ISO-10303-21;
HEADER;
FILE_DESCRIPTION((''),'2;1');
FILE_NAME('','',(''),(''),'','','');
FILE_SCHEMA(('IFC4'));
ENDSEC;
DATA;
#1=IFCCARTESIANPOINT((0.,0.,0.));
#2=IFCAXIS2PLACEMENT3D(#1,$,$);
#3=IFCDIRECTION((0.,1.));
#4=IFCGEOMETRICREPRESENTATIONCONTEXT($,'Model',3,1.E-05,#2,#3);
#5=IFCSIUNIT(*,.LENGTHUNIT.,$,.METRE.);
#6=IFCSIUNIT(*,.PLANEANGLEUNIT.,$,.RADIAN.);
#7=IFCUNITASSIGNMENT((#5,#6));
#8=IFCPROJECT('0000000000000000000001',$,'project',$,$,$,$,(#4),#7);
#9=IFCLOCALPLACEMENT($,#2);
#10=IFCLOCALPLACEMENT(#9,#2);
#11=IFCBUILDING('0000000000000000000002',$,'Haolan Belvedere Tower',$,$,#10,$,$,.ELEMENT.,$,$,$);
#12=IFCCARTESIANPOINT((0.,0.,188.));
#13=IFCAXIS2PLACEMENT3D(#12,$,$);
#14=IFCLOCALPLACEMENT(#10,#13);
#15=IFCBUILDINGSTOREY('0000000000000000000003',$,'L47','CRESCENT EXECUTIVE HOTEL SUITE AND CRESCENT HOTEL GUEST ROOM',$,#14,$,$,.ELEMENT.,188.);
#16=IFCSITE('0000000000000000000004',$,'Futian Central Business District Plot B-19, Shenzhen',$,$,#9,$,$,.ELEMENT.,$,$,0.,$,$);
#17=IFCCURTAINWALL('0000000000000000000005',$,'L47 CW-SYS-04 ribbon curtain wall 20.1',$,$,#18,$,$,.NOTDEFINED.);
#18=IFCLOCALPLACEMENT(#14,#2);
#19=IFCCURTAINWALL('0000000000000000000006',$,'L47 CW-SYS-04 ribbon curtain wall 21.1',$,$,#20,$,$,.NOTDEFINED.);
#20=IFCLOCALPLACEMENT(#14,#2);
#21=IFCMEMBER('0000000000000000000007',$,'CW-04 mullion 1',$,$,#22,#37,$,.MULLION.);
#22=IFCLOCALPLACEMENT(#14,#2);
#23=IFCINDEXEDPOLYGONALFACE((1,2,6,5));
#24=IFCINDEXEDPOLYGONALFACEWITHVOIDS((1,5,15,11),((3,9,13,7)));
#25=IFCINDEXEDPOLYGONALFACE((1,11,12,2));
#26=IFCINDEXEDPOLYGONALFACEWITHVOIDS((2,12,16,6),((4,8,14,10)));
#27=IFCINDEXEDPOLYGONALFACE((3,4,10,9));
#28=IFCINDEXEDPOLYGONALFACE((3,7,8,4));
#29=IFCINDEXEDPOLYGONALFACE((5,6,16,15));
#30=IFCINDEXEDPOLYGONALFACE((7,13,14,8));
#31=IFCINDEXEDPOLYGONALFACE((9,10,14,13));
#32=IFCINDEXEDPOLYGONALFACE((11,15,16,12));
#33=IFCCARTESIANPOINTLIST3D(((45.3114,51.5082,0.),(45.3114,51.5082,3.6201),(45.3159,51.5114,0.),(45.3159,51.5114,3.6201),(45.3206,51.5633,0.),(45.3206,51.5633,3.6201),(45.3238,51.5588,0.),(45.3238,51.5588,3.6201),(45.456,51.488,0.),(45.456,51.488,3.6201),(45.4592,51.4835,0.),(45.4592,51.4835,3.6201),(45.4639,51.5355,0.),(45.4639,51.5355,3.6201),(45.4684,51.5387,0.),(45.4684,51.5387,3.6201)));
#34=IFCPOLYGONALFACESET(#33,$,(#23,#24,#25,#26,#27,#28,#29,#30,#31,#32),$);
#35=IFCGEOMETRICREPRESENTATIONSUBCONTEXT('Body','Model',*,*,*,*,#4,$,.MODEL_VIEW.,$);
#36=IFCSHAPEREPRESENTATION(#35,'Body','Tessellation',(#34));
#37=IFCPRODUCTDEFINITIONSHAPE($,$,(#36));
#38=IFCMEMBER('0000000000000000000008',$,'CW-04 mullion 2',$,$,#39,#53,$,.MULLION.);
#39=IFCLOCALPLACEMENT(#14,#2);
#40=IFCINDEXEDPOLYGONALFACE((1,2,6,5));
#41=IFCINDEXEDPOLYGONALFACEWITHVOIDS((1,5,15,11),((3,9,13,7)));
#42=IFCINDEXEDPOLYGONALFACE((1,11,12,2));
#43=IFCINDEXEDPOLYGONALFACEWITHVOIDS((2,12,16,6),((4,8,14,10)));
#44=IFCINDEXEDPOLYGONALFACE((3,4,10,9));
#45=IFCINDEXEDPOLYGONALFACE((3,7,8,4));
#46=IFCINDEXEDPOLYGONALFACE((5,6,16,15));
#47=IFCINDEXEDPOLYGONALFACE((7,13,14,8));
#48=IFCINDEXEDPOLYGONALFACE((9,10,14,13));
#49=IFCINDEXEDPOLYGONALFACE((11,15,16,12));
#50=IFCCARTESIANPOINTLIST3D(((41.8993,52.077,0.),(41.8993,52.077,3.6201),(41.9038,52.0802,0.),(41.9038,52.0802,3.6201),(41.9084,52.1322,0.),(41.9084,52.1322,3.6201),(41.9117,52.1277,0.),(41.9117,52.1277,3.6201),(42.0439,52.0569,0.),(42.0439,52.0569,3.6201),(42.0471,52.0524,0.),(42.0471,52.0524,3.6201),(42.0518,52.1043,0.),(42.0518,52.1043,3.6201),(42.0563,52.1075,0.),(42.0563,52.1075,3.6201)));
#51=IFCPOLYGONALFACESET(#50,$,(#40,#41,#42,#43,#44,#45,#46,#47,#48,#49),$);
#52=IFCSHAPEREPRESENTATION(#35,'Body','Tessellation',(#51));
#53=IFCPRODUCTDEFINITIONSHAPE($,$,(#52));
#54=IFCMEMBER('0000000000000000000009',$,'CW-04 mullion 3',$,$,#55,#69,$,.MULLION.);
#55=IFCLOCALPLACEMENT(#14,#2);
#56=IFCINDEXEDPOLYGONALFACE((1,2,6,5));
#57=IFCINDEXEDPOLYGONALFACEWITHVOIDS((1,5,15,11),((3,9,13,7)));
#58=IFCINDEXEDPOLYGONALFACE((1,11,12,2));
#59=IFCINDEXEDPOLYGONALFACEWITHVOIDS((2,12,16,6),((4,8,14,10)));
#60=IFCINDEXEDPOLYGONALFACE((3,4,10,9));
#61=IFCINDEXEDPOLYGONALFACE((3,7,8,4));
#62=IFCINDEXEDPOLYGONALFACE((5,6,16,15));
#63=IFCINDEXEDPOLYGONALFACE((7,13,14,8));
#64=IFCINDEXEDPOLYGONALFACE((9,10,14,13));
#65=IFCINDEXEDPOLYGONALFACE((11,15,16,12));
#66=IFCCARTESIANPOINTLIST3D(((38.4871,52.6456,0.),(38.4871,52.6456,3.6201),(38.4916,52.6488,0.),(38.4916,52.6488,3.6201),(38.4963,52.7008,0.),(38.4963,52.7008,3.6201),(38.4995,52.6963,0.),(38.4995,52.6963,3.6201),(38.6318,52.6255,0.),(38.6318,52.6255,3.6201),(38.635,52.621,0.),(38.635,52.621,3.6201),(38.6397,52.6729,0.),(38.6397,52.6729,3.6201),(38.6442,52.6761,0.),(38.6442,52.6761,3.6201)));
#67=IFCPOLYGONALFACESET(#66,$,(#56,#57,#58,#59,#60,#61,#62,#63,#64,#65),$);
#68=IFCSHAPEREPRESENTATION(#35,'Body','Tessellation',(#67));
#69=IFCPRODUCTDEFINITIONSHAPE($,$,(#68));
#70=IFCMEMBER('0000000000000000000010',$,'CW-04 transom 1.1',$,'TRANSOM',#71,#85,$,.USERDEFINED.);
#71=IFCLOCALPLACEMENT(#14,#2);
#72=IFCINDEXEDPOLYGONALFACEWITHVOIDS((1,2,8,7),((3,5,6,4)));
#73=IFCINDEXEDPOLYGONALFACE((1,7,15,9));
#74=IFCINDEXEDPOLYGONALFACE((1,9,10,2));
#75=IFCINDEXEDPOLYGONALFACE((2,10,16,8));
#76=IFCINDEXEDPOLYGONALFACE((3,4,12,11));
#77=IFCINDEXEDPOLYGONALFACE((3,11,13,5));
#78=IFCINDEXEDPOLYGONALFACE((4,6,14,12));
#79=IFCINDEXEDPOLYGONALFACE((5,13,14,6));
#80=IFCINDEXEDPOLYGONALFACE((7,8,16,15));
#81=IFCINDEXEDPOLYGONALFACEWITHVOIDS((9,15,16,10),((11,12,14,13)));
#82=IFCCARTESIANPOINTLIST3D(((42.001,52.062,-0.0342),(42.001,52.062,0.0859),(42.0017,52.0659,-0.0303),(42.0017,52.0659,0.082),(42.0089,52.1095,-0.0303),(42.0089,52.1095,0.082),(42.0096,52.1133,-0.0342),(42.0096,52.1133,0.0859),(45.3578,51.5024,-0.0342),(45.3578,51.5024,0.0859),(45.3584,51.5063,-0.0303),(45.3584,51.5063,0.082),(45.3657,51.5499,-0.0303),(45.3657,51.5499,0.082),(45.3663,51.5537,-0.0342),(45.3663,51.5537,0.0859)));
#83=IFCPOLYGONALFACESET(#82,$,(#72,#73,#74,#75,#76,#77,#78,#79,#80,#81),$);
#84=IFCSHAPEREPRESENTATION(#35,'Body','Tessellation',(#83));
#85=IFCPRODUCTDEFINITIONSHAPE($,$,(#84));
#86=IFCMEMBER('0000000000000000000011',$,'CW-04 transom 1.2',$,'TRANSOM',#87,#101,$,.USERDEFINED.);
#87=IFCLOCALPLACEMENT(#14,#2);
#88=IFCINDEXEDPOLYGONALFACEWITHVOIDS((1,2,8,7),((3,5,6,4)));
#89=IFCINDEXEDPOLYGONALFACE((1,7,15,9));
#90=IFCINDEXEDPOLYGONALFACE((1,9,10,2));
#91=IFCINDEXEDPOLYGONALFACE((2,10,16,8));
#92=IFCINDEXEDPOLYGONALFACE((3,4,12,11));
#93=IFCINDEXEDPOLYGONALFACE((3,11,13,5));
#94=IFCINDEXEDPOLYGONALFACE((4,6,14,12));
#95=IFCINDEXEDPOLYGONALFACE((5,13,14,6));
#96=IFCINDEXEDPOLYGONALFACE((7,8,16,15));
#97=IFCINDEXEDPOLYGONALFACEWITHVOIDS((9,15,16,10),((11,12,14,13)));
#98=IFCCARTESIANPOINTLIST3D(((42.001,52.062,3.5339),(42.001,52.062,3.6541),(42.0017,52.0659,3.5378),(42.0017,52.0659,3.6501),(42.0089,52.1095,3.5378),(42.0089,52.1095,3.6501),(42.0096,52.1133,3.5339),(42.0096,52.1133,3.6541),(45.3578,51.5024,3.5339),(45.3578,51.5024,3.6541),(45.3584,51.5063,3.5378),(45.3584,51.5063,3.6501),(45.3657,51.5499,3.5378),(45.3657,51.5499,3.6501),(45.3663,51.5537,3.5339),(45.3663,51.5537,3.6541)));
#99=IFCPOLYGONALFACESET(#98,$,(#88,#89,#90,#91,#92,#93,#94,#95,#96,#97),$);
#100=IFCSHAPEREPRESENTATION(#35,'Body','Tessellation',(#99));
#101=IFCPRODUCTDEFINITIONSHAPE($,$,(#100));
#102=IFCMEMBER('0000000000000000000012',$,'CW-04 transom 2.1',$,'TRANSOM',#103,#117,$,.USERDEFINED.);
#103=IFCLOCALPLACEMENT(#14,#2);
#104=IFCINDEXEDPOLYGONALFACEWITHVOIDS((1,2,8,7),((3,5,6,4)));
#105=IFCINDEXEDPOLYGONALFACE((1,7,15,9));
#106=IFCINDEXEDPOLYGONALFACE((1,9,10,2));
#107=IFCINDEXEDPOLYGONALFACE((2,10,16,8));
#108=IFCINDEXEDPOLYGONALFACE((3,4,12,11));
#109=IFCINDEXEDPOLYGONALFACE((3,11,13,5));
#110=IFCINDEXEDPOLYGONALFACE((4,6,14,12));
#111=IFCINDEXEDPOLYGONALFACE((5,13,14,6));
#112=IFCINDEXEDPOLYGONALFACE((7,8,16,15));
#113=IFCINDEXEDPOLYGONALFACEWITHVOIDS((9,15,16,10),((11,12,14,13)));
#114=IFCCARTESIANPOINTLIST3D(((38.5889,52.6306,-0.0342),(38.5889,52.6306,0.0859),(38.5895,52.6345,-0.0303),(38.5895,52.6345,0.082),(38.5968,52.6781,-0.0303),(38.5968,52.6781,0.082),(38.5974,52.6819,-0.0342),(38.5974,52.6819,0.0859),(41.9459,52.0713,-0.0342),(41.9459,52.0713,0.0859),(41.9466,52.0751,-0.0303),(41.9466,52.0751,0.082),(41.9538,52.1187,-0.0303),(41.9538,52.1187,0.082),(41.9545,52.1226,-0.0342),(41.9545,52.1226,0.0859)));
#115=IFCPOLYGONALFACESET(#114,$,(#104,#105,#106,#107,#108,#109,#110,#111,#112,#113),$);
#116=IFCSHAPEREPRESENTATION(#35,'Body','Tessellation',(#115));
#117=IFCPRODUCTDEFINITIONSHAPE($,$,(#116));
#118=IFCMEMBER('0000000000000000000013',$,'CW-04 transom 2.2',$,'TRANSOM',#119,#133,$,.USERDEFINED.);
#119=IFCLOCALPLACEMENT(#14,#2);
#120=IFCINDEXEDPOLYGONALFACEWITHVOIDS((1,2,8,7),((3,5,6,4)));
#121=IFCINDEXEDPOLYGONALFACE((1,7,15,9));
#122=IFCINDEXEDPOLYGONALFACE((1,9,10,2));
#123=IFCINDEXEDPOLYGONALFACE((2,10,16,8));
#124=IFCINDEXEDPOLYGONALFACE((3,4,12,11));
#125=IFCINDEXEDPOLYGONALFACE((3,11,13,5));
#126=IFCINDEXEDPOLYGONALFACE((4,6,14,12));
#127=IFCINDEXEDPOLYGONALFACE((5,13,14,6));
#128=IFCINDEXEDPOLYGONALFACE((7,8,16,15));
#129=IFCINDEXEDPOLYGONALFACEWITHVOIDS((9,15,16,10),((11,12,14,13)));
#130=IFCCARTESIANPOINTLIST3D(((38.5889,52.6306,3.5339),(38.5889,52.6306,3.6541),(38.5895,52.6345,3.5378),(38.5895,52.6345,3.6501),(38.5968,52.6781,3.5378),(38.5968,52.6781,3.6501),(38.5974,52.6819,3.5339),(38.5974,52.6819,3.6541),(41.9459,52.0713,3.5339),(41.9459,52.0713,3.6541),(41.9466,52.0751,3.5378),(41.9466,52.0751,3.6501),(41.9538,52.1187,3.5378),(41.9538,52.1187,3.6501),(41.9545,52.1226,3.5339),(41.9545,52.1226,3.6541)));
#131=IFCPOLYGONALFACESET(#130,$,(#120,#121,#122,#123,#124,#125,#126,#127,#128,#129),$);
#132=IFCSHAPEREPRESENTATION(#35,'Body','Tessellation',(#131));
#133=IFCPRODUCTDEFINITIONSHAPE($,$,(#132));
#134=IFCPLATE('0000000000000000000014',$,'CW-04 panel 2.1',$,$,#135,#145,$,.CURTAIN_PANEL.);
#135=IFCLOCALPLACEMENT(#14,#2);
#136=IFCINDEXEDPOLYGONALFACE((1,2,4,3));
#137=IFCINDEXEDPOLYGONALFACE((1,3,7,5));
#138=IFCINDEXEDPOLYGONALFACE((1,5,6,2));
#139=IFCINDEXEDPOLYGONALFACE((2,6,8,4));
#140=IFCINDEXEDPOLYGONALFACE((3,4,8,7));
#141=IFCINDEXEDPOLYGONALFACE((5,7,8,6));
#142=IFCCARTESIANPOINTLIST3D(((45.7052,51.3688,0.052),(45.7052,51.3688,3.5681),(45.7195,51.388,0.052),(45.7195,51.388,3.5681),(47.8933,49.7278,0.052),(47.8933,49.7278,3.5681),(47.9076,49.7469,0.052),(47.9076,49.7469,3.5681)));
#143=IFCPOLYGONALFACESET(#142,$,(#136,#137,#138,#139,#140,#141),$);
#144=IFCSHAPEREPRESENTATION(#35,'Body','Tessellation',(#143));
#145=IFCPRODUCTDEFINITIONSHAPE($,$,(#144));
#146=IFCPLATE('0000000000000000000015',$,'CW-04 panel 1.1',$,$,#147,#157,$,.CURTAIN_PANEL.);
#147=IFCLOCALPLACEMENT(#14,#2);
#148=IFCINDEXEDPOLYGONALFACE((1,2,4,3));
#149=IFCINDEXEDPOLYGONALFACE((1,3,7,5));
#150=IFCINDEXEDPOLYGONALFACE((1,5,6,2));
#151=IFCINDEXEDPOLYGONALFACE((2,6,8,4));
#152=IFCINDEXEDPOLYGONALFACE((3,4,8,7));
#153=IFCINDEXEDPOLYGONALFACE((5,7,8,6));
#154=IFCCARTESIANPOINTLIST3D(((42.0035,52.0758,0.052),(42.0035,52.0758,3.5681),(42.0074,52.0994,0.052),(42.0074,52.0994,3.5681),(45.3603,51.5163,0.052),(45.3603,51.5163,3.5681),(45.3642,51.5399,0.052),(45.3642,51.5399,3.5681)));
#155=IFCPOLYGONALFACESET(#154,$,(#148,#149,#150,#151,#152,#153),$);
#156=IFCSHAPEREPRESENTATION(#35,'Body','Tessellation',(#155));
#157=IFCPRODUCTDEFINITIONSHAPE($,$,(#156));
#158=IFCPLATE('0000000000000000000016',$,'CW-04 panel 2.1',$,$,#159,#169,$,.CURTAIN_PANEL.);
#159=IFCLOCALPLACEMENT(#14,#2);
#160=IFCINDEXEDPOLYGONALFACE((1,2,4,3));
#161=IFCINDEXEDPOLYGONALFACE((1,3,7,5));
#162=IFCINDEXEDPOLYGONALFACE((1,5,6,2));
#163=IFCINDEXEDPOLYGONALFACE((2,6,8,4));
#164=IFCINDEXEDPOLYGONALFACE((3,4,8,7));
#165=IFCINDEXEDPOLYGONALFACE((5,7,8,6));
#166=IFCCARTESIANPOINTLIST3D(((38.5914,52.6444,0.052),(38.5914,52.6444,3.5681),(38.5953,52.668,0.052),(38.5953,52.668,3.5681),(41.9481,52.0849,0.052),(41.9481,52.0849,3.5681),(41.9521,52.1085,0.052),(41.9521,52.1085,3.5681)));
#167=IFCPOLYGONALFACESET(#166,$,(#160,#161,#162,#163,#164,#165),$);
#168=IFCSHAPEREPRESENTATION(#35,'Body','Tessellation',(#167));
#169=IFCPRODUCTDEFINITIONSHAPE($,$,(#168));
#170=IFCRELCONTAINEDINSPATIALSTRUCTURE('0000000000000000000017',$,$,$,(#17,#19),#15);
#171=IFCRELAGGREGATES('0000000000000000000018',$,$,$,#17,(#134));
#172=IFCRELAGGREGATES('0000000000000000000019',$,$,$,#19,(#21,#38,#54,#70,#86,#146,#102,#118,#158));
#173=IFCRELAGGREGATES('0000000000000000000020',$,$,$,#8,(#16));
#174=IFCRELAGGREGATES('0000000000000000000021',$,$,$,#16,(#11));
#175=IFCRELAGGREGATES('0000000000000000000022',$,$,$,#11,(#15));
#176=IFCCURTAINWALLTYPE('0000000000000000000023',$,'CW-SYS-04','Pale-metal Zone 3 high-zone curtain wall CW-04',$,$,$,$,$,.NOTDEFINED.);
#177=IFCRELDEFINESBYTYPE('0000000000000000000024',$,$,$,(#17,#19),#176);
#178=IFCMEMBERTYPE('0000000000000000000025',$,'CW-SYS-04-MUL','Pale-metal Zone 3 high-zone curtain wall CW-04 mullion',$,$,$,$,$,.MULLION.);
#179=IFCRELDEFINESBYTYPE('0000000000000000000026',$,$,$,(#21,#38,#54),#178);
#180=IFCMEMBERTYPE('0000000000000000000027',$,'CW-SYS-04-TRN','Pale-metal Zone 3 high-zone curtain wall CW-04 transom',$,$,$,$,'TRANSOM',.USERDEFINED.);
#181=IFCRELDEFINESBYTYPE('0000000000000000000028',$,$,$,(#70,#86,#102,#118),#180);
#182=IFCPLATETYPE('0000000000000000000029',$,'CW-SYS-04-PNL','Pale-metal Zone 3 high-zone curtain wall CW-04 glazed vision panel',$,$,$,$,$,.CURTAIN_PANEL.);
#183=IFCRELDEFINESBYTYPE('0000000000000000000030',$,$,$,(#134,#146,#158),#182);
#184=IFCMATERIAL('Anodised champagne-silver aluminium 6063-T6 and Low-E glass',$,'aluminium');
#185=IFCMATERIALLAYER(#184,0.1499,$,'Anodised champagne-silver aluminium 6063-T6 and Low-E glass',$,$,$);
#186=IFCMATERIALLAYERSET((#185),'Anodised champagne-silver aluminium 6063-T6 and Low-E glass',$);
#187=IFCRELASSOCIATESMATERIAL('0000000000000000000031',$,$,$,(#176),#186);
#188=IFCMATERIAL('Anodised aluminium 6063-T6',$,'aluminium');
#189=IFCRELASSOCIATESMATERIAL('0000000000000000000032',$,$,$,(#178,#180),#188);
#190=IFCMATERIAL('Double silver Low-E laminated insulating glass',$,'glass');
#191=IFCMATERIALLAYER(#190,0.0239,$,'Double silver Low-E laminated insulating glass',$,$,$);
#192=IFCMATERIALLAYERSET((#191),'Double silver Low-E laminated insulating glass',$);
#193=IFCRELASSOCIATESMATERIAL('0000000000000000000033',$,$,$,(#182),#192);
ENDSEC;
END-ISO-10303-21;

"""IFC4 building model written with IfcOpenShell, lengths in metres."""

from ifc_helpers import new_model, si_unit, direction, frame, origin, origin_2d, place, context, subcontext, project, spatial, rectangle, hollow_rectangle, extrude, material, layer, layer_set, material_profile, profile_set, type_object, element, aggregate, save


model = new_model("IFC4")

# Units and contexts
model_context = context("Model", 3, precision=1e-05, world=origin(), true_north=direction((0.0, 1.0)))
body_context = subcontext(model_context, "Body", "Model", "MODEL_VIEW")
ifc_project = project(units=[si_unit("LENGTHUNIT", "METRE"), si_unit("PLANEANGLEUNIT", "RADIAN")], contexts=[model_context])

# Site, building, storey
site_placement = place(None, origin())
site = spatial("IfcSite", under=ifc_project, at=site_placement, Name="Futian Central Business District Plot B-19, Shenzhen", CompositionType="ELEMENT", RefElevation=0.0)
building_placement = place(site_placement, origin())
building = spatial("IfcBuilding", under=site, at=building_placement, Name="Haolan Belvedere Tower", CompositionType="ELEMENT")
storey_placement = place(building_placement, frame((0.0, 0.0, 188.0)))
storey = spatial("IfcBuildingStorey", under=building, at=storey_placement, Name="L47", Description="CRESCENT EXECUTIVE HOTEL SUITE AND CRESCENT HOTEL GUEST ROOM", CompositionType="ELEMENT", Elevation=188.0)

# Curtain wall
ifc_material_1 = material(Name="Anodised champagne-silver aluminium 6063-T6 and Low-E glass", Category="aluminium")
ifc_layer_1 = layer(ifc_material_1, 0.1499, Name="Anodised champagne-silver aluminium 6063-T6 and Low-E glass")
ifc_layer_set_1 = layer_set([ifc_layer_1], Name="Anodised champagne-silver aluminium 6063-T6 and Low-E glass")
curtain_wall_type = type_object("IfcCurtainWallType", Name="CW-SYS-04", Description="Pale-metal Zone 3 high-zone curtain wall CW-04", PredefinedType="NOTDEFINED", material=ifc_layer_set_1)
curtain_wall_1_placement = place(storey_placement, origin())
curtain_wall_1 = element("IfcCurtainWall", 1, at=curtain_wall_1_placement, inside=storey, type_object=curtain_wall_type, Name="L47 CW-SYS-04 ribbon curtain wall 20.1", PredefinedType="NOTDEFINED")
ifc_material_2 = material(Name="Anodised aluminium 6063-T6", Category="aluminium")
ifc_material_profile_1 = material_profile(ifc_material_2, hollow_rectangle(XDim=0.0559, YDim=0.1499, WallThickness=0.0039, at=origin_2d()), Name="Anodised aluminium 6063-T6")
ifc_profile_set_1 = profile_set([ifc_material_profile_1], Name="Anodised aluminium 6063-T6")
member_type_1 = type_object("IfcMemberType", Name="CW-SYS-04-MUL", Description="Pale-metal Zone 3 high-zone curtain wall CW-04 mullion", PredefinedType="MULLION", material=ifc_profile_set_1)

# Curtain wall, members
curtain_wall_2_placement = place(storey_placement, origin())
curtain_wall_2 = element("IfcCurtainWall", 2, at=curtain_wall_2_placement, inside=storey, type_object=curtain_wall_type, Name="L47 CW-SYS-04 ribbon curtain wall 21.1", PredefinedType="NOTDEFINED")
member_1_placement = place(storey_placement, frame((45.3899, 51.5234, 0.0), z_axis=(0.0, 0.0, 1.0), x_axis=(-0.164406, -0.986393, 0.0)))
member_1 = element("IfcMember", 3, at=member_1_placement, type_object=member_type_1, Name="CW-04 mullion 1", PredefinedType="MULLION", context=body_context, shape_type="SweptSolid", body=[
    extrude(hollow_rectangle(XDim=0.0559, YDim=0.1499, WallThickness=0.0039, at=origin_2d()), origin(), (0.0, 0.0, 1.0), 3.6201),
])
member_2_placement = place(storey_placement, frame((41.9778, 52.0923, 0.0), z_axis=(0.0, 0.0, 1.0), x_axis=(-0.164406, -0.986393, 0.0)))
member_2 = element("IfcMember", 4, at=member_2_placement, type_object=member_type_1, Name="CW-04 mullion 2", PredefinedType="MULLION", context=body_context, shape_type="SweptSolid", body=[
    extrude(hollow_rectangle(XDim=0.0559, YDim=0.1499, WallThickness=0.0039, at=origin_2d()), origin(), (0.0, 0.0, 1.0), 3.6201),
])
member_3_placement = place(storey_placement, frame((38.5657, 52.6609, 0.0), z_axis=(0.0, 0.0, 1.0), x_axis=(-0.164406, -0.986393, 0.0)))
member_3 = element("IfcMember", 5, at=member_3_placement, type_object=member_type_1, Name="CW-04 mullion 3", PredefinedType="MULLION", context=body_context, shape_type="SweptSolid", body=[
    extrude(hollow_rectangle(XDim=0.0559, YDim=0.1499, WallThickness=0.0039, at=origin_2d()), origin(), (0.0, 0.0, 1.0), 3.6201),
])
ifc_material_profile_2 = material_profile(ifc_material_2, hollow_rectangle(XDim=0.052, YDim=0.1201, WallThickness=0.0039, at=origin_2d()), Name="Anodised aluminium 6063-T6")
ifc_profile_set_2 = profile_set([ifc_material_profile_2], Name="Anodised aluminium 6063-T6")
member_type_2 = type_object("IfcMemberType", Name="CW-SYS-04-TRN", Description="Pale-metal Zone 3 high-zone curtain wall CW-04 transom", ElementType="TRANSOM", PredefinedType="USERDEFINED", material=ifc_profile_set_2)
member_4_placement = place(storey_placement, frame((45.3621, 51.5281, 0.0259), z_axis=(-0.986388, 0.164434, 0.0), x_axis=(-0.164434, -0.986388, 0.0)))
member_4 = element("IfcMember", 6, at=member_4_placement, type_object=member_type_2, Name="CW-04 transom 1.1", ObjectType="TRANSOM", PredefinedType="USERDEFINED", context=body_context, shape_type="SweptSolid", body=[
    extrude(hollow_rectangle(XDim=0.052, YDim=0.1201, WallThickness=0.0039, at=origin_2d()), origin(), (0.0, 0.0, 1.0), 3.4031),
])
member_5_placement = place(storey_placement, frame((45.3621, 51.5281, 3.594), z_axis=(-0.986388, 0.164434, 0.0), x_axis=(-0.164434, -0.986388, 0.0)))
member_5 = element("IfcMember", 7, at=member_5_placement, type_object=member_type_2, Name="CW-04 transom 1.2", ObjectType="TRANSOM", PredefinedType="USERDEFINED", context=body_context, shape_type="SweptSolid", body=[
    extrude(hollow_rectangle(XDim=0.052, YDim=0.1201, WallThickness=0.0039, at=origin_2d()), origin(), (0.0, 0.0, 1.0), 3.4031),
])
member_6_placement = place(storey_placement, frame((41.9502, 52.0969, 0.0259), z_axis=(-0.986402, 0.164352, 0.0), x_axis=(-0.164352, -0.986402, 0.0)))
member_6 = element("IfcMember", 8, at=member_6_placement, type_object=member_type_2, Name="CW-04 transom 2.1", ObjectType="TRANSOM", PredefinedType="USERDEFINED", context=body_context, shape_type="SweptSolid", body=[
    extrude(hollow_rectangle(XDim=0.052, YDim=0.1201, WallThickness=0.0039, at=origin_2d()), origin(), (0.0, 0.0, 1.0), 3.4033),
])
member_7_placement = place(storey_placement, frame((41.9502, 52.0969, 3.594), z_axis=(-0.986402, 0.164352, 0.0), x_axis=(-0.164352, -0.986402, 0.0)))
member_7 = element("IfcMember", 9, at=member_7_placement, type_object=member_type_2, Name="CW-04 transom 2.2", ObjectType="TRANSOM", PredefinedType="USERDEFINED", context=body_context, shape_type="SweptSolid", body=[
    extrude(hollow_rectangle(XDim=0.052, YDim=0.1201, WallThickness=0.0039, at=origin_2d()), origin(), (0.0, 0.0, 1.0), 3.4033),
])

# Plates
ifc_material_3 = material(Name="Double silver Low-E laminated insulating glass", Category="glass")
ifc_layer_2 = layer(ifc_material_3, 0.0239, Name="Double silver Low-E laminated insulating glass")
ifc_layer_set_2 = layer_set([ifc_layer_2], Name="Double silver Low-E laminated insulating glass")
plate_type = type_object("IfcPlateType", Name="CW-SYS-04-PNL", Description="Pale-metal Zone 3 high-zone curtain wall CW-04 glazed vision panel", PredefinedType="CURTAIN_PANEL", material=ifc_layer_set_2)
plate_1_placement = place(storey_placement, frame((46.8064, 50.5579, 0.052), z_axis=(0.0, 0.0, 1.0), x_axis=(-0.799998, 0.600003, 0.0)))
plate_1 = element("IfcPlate", 10, at=plate_1_placement, type_object=plate_type, Name="CW-04 panel 2.1", PredefinedType="CURTAIN_PANEL", context=body_context, shape_type="SweptSolid", body=[
    extrude(rectangle(XDim=2.7351, YDim=0.0239, at=origin_2d()), origin(), (0.0, 0.0, 1.0), 3.5161),
])
aggregate(curtain_wall_1, [plate_1])
plate_2_placement = place(storey_placement, frame((43.6838, 51.8079, 0.052), z_axis=(0.0, 0.0, 1.0), x_axis=(-0.986393, 0.164406, 0.0)))
plate_2 = element("IfcPlate", 11, at=plate_2_placement, type_object=plate_type, Name="CW-04 panel 1.1", PredefinedType="CURTAIN_PANEL", context=body_context, shape_type="SweptSolid", body=[
    extrude(rectangle(XDim=3.4031, YDim=0.0239, at=origin_2d()), origin(), (0.0, 0.0, 1.0), 3.5161),
])
plate_3_placement = place(storey_placement, frame((40.2717, 52.3765, 0.052), z_axis=(0.0, 0.0, 1.0), x_axis=(-0.986393, 0.164406, 0.0)))
plate_3 = element("IfcPlate", 12, at=plate_3_placement, type_object=plate_type, Name="CW-04 panel 2.1", PredefinedType="CURTAIN_PANEL", context=body_context, shape_type="SweptSolid", body=[
    extrude(rectangle(XDim=3.4031, YDim=0.0239, at=origin_2d()), origin(), (0.0, 0.0, 1.0), 3.5161),
])
aggregate(curtain_wall_2, [member_1, member_2, member_3, member_4, member_5, plate_2, member_6, member_7, plate_3])

save(model, "model.ifc")
